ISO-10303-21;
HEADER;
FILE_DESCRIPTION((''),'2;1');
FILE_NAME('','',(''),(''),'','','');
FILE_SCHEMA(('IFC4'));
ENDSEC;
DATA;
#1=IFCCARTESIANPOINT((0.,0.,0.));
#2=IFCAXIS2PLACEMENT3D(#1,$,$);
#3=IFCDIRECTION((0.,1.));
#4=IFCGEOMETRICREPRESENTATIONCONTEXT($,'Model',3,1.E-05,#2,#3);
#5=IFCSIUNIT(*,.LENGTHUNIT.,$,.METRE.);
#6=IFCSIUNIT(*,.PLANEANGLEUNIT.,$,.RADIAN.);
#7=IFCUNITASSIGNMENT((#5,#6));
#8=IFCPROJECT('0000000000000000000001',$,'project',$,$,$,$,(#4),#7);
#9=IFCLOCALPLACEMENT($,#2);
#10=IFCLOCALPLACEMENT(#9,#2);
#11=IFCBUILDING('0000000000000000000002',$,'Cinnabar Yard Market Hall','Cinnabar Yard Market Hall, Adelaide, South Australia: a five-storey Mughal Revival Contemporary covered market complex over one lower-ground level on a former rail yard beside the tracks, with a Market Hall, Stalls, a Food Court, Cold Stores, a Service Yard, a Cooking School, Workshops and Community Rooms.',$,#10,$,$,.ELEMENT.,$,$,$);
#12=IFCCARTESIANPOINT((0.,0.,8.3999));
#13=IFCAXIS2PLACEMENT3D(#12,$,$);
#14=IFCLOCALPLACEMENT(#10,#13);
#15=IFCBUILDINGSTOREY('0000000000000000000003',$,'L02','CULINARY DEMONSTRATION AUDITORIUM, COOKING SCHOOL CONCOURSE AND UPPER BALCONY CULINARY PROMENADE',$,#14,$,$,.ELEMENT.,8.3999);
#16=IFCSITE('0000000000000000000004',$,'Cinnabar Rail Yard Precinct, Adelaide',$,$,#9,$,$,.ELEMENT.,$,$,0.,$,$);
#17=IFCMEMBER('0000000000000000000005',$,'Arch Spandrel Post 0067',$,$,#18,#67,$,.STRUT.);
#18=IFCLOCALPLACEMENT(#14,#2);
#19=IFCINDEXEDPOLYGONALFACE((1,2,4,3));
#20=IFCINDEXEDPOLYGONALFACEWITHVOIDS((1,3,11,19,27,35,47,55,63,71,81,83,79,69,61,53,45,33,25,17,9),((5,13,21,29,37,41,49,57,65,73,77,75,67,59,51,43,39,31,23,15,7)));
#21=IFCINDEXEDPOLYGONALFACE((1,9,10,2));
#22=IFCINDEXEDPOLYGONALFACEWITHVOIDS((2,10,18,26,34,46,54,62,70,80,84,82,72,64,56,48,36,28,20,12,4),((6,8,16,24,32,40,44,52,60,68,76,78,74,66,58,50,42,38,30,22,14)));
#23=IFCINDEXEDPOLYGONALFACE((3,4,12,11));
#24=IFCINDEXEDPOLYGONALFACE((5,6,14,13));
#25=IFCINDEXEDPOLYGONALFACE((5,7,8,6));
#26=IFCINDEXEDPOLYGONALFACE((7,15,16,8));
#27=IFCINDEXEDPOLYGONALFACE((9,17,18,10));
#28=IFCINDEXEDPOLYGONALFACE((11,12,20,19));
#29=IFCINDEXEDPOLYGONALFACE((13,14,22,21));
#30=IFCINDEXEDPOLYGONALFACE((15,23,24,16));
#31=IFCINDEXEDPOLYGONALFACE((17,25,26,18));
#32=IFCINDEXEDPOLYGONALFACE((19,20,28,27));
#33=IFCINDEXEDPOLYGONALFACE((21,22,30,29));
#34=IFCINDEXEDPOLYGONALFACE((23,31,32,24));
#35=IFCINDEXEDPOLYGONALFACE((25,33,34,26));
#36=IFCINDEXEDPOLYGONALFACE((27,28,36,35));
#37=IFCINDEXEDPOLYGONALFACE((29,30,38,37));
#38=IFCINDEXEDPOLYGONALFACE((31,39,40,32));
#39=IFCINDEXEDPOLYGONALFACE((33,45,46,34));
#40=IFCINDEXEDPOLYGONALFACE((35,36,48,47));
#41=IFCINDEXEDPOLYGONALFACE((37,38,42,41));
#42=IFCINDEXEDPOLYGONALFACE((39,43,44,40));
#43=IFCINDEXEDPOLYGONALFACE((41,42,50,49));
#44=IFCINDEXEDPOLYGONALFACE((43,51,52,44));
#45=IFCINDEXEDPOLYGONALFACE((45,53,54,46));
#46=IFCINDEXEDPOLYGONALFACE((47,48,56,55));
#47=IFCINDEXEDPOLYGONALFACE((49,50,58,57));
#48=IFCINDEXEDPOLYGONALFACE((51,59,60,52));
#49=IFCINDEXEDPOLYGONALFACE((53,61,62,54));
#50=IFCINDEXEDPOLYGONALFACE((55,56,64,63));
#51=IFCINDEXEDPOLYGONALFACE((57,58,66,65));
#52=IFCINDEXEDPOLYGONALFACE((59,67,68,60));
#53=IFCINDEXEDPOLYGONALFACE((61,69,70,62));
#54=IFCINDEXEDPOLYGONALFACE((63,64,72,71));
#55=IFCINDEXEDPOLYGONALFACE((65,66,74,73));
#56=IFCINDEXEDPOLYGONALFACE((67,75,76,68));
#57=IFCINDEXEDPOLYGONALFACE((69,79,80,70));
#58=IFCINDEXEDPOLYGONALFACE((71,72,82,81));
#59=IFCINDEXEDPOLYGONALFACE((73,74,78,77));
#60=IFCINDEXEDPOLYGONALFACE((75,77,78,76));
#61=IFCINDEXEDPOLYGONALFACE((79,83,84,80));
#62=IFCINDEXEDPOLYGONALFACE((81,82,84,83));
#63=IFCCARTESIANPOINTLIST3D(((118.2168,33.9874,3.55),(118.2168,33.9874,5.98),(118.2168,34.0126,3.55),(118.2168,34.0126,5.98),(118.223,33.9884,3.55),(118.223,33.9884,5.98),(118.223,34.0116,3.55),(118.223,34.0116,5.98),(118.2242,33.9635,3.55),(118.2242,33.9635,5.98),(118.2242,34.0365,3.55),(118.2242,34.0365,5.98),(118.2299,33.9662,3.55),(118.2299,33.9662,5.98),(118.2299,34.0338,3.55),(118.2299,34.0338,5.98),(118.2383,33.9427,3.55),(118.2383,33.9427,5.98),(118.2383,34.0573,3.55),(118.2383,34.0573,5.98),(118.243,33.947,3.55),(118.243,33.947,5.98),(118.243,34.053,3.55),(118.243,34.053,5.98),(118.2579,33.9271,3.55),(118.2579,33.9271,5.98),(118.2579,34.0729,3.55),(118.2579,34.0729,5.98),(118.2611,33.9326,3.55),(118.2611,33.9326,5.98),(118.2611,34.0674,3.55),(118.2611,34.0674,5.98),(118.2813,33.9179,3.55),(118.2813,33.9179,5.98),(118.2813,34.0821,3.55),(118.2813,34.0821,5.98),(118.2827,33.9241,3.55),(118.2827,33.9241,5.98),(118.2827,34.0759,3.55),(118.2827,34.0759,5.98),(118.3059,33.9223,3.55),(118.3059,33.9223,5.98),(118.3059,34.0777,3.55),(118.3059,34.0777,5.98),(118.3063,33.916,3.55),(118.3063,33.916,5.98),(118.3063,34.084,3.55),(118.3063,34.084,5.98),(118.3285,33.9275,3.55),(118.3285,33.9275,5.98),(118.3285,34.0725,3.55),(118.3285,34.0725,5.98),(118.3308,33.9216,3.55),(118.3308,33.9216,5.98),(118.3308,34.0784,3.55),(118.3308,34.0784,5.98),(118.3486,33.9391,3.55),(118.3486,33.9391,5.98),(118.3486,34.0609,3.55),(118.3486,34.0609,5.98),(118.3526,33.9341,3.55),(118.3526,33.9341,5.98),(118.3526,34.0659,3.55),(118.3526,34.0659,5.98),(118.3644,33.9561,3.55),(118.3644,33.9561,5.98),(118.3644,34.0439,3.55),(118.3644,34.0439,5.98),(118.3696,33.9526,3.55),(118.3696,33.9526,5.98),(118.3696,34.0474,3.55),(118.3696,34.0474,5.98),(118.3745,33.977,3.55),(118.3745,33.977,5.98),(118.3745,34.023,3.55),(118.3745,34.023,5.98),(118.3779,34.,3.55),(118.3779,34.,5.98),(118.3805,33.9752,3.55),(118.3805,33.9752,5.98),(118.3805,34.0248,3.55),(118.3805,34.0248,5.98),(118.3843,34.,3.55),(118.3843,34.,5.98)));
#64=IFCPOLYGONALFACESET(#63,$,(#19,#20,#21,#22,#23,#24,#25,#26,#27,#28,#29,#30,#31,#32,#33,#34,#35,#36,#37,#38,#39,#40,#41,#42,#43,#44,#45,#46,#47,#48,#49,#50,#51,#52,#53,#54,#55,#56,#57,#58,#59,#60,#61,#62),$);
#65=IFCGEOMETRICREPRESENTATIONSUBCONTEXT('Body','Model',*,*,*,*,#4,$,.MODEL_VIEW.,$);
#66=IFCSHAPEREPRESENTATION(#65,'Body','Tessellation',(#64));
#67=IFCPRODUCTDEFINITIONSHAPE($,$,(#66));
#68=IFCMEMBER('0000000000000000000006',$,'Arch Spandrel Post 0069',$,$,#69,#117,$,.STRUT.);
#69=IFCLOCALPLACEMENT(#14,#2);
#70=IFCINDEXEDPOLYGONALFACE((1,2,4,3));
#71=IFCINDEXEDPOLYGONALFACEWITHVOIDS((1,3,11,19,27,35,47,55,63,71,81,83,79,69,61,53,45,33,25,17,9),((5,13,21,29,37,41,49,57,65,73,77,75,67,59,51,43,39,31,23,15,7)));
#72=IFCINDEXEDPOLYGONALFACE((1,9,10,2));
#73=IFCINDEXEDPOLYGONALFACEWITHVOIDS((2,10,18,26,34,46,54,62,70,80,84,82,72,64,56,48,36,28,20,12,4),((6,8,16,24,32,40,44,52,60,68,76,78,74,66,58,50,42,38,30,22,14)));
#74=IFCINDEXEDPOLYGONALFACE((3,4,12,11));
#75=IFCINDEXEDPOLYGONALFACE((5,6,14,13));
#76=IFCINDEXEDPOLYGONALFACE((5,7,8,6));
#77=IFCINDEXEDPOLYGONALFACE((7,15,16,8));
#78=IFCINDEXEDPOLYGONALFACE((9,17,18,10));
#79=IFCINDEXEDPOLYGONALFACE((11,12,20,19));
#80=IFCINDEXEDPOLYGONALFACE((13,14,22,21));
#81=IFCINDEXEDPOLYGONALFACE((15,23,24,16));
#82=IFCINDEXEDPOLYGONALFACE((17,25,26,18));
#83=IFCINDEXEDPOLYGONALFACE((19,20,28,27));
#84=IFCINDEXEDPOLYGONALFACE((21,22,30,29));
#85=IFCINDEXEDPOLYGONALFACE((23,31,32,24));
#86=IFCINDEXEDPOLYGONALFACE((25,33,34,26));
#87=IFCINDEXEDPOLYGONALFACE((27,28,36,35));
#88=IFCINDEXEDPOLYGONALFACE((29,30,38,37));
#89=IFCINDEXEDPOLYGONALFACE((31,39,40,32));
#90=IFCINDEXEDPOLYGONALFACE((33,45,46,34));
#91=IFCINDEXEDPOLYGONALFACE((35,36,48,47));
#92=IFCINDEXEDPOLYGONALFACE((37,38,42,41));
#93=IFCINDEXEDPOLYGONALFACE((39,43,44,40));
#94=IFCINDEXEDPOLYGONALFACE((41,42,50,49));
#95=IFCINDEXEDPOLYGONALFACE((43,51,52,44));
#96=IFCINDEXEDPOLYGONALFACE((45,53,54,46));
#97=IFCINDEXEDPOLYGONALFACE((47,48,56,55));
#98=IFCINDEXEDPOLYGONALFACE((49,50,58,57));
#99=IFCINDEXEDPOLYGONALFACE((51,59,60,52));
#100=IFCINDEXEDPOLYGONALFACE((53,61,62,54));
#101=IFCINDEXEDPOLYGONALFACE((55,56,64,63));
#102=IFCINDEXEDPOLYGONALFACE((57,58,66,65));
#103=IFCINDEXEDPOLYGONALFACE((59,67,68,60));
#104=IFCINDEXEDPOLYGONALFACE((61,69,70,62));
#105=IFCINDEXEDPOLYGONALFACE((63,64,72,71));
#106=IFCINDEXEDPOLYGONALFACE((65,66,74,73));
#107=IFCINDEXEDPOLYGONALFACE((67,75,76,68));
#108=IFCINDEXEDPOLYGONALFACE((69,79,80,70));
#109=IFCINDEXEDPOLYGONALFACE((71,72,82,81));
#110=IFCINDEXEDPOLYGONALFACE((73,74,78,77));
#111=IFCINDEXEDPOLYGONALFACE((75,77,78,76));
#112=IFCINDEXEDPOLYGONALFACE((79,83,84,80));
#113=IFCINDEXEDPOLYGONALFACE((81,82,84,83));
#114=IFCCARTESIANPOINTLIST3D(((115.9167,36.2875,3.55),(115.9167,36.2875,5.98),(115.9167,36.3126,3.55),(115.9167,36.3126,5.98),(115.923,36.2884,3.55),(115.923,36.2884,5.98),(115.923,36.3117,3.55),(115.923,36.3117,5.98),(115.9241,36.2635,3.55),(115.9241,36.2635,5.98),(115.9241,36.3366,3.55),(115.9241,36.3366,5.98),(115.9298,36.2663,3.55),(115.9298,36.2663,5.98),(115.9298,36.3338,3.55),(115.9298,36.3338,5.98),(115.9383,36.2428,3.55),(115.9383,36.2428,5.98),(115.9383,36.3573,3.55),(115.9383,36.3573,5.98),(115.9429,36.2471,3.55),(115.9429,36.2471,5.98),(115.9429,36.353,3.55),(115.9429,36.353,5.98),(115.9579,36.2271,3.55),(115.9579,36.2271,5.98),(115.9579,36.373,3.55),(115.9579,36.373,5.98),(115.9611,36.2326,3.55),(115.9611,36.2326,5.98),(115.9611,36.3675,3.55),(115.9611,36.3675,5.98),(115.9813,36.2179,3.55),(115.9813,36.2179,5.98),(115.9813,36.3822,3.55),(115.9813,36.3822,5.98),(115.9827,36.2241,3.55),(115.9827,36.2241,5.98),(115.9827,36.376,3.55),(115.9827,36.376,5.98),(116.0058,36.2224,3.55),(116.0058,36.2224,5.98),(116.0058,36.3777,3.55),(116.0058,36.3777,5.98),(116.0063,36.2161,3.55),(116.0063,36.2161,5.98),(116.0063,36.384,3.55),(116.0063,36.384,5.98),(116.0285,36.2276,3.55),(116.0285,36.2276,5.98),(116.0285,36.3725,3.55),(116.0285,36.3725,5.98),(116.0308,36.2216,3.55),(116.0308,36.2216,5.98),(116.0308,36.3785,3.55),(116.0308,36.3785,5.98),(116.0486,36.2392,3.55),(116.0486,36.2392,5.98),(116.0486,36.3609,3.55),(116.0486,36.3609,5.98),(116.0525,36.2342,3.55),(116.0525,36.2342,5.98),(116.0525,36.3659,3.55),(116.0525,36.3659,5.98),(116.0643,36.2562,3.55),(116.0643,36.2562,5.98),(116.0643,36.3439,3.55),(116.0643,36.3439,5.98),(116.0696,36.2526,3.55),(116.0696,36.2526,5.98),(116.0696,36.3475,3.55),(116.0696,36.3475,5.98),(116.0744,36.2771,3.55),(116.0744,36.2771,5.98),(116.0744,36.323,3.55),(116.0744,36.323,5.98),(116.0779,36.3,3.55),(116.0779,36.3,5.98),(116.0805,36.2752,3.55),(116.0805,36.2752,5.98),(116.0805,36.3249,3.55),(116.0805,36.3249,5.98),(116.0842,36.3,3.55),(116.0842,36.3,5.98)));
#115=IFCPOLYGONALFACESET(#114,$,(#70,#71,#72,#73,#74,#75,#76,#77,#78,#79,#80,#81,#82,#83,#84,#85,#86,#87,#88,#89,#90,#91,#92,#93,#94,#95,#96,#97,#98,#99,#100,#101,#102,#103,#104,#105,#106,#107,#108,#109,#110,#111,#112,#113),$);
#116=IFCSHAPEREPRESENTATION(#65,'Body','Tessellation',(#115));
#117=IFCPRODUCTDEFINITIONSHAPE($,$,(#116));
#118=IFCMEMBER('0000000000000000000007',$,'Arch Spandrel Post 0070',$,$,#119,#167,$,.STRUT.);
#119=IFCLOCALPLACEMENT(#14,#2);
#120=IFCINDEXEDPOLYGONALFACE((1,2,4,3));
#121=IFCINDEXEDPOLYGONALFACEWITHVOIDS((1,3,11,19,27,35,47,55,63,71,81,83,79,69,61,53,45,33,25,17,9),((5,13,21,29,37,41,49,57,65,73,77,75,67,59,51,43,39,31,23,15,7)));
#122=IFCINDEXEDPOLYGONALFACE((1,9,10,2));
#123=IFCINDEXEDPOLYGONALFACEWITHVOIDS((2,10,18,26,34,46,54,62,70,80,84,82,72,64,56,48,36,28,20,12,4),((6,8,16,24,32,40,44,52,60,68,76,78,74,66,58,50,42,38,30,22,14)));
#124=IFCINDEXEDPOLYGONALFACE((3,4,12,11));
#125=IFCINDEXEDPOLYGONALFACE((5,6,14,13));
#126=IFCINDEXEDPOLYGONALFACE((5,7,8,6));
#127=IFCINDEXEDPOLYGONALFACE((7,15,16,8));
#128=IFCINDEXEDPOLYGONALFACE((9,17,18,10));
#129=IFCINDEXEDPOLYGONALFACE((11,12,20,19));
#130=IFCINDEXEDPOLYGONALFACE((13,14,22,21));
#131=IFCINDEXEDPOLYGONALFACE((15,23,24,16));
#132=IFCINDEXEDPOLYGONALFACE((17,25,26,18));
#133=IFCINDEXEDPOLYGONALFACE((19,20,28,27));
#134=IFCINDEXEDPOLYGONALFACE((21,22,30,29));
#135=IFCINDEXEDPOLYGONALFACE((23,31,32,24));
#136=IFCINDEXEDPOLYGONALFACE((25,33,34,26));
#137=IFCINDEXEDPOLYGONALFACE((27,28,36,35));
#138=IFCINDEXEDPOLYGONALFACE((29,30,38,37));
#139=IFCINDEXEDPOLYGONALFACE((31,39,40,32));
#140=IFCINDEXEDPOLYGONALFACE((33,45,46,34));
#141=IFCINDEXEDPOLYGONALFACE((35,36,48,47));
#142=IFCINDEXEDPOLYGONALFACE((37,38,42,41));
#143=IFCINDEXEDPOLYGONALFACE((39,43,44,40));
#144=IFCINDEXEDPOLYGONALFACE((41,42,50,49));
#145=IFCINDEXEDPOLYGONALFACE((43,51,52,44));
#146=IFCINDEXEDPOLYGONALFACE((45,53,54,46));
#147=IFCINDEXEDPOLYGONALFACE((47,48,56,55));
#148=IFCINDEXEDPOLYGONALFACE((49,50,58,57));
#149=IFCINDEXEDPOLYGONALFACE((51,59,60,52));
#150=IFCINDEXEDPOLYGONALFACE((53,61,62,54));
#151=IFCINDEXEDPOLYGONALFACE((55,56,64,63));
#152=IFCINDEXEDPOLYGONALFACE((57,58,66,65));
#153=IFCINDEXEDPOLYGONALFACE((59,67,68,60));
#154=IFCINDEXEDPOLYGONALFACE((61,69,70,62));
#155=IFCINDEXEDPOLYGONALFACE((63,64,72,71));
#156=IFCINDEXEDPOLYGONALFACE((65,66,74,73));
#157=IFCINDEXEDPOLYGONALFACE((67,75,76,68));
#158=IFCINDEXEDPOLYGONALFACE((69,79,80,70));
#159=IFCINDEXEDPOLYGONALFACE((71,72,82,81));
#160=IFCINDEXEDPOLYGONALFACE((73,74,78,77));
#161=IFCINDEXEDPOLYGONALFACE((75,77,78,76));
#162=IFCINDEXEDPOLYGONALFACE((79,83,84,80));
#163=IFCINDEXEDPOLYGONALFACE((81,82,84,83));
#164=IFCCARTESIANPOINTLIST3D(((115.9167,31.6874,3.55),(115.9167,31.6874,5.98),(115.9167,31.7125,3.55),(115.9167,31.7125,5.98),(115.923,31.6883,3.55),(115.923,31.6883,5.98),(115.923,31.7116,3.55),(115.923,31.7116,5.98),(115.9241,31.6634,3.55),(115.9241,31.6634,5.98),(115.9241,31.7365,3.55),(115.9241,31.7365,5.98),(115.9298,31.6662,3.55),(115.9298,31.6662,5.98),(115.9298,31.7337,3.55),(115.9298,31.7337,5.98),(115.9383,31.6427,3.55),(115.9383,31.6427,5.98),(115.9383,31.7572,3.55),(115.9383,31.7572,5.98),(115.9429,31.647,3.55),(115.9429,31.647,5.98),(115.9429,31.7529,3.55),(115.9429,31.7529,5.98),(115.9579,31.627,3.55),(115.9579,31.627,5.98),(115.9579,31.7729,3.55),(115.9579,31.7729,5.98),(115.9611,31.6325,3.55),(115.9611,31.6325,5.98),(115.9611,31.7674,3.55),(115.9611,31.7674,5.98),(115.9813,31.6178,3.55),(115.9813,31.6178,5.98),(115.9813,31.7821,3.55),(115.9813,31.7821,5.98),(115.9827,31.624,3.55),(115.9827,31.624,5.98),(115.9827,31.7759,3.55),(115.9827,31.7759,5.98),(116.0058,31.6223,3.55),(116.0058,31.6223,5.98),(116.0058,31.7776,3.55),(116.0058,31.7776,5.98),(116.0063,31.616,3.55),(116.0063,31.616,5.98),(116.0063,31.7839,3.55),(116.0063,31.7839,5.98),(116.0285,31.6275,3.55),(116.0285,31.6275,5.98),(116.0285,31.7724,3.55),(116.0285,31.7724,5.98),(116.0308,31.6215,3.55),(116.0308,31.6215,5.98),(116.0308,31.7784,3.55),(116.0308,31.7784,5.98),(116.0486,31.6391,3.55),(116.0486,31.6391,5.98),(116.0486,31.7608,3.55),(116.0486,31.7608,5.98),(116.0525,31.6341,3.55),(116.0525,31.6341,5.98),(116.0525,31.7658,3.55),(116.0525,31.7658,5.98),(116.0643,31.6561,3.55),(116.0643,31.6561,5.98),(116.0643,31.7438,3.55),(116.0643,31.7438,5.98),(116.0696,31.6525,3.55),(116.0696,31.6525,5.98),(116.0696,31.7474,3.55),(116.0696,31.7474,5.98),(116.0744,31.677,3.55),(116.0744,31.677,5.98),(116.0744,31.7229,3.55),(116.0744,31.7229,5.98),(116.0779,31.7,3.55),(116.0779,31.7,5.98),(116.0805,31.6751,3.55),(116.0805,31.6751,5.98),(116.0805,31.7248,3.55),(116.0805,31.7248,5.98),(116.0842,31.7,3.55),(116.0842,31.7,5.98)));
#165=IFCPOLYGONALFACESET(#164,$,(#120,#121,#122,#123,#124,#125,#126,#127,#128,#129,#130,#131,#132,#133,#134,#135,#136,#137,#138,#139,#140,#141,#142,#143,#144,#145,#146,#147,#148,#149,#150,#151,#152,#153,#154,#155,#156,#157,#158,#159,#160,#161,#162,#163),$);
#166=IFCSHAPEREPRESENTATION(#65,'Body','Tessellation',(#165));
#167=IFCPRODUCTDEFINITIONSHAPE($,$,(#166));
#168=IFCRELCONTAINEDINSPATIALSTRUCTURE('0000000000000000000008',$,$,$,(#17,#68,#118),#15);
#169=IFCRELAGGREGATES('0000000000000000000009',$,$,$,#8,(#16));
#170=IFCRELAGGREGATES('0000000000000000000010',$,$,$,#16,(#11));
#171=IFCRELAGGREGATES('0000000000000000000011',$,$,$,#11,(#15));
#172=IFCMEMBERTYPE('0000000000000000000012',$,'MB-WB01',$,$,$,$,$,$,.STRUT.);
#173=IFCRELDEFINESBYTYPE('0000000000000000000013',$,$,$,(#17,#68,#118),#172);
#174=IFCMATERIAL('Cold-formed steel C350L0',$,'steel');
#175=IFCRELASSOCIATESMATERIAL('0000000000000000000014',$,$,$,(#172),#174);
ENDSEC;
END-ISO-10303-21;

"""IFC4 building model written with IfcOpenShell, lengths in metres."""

from ifc_helpers import new_model, si_unit, direction, frame, origin, origin_2d_with_axis, place, context, subcontext, project, spatial, hollow_circle, extrude, material, material_profile, profile_set, type_object, element, save


model = new_model("IFC4")

# Units and contexts
model_context = context("Model", 3, precision=1e-05, world=origin(), true_north=direction((0.0, 1.0)))
body_context = subcontext(model_context, "Body", "Model", "MODEL_VIEW")
ifc_project = project(units=[si_unit("LENGTHUNIT", "METRE"), si_unit("PLANEANGLEUNIT", "RADIAN")], contexts=[model_context])

# Site, building, storey
site_placement = place(None, origin())
site = spatial("IfcSite", under=ifc_project, at=site_placement, Name="Cinnabar Rail Yard Precinct, Adelaide", CompositionType="ELEMENT", RefElevation=0.0)
building_placement = place(site_placement, origin())
building = spatial("IfcBuilding", under=site, at=building_placement, Name="Cinnabar Yard Market Hall", Description="Cinnabar Yard Market Hall, Adelaide, South Australia: a five-storey Mughal Revival Contemporary covered market complex over one lower-ground level on a former rail yard beside the tracks, with a Market Hall, Stalls, a Food Court, Cold Stores, a Service Yard, a Cooking School, Workshops and Community Rooms.", CompositionType="ELEMENT")
storey_placement = place(building_placement, frame((0.0, 0.0, 8.3999)))
storey = spatial("IfcBuildingStorey", under=building, at=storey_placement, Name="L02", Description="CULINARY DEMONSTRATION AUDITORIUM, COOKING SCHOOL CONCOURSE AND UPPER BALCONY CULINARY PROMENADE", CompositionType="ELEMENT", Elevation=8.3999)

# Members
ifc_material_1 = material(Name="Cold-formed steel C350L0", Category="steel")
ifc_material_profile_1 = material_profile(ifc_material_1, hollow_circle(Radius=0.0842, WallThickness=0.0063, at=origin_2d_with_axis()), Name="168.3x6.4CHS")
ifc_profile_set_1 = profile_set([ifc_material_profile_1], Name="Cold-formed steel C350L0")
member_type_1 = type_object("IfcMemberType", Name="MB-WB01", PredefinedType="STRUT", material=ifc_profile_set_1)
for number, where, z_axis, x_axis, name in (
    (1, (118.3, 34.0, 3.55), (0.0, 0.0, 1.0), (1.0, 0.0, 0.0), "Arch Spandrel Post 0067"),
    (2, (116.0, 36.3, 3.55), (0.0, 0.0, 1.0), (1.0, 0.0, 0.0), "Arch Spandrel Post 0069"),
    (3, (116.0, 31.7, 3.55), (0.0, 0.0, 1.0), (1.0, 0.0, 0.0), "Arch Spandrel Post 0070"),
):
    element("IfcMember", number, at=place(storey_placement, frame(where, z_axis=z_axis, x_axis=x_axis)), inside=storey, type_object=member_type_1, Name=name, PredefinedType="STRUT", context=body_context, shape_type="SweptSolid", body=[
        extrude(hollow_circle(Radius=0.0842, WallThickness=0.0063, at=origin_2d_with_axis()), origin(), (0.0, 0.0, 1.0), 2.4299),
    ])

save(model, "model.ifc")
